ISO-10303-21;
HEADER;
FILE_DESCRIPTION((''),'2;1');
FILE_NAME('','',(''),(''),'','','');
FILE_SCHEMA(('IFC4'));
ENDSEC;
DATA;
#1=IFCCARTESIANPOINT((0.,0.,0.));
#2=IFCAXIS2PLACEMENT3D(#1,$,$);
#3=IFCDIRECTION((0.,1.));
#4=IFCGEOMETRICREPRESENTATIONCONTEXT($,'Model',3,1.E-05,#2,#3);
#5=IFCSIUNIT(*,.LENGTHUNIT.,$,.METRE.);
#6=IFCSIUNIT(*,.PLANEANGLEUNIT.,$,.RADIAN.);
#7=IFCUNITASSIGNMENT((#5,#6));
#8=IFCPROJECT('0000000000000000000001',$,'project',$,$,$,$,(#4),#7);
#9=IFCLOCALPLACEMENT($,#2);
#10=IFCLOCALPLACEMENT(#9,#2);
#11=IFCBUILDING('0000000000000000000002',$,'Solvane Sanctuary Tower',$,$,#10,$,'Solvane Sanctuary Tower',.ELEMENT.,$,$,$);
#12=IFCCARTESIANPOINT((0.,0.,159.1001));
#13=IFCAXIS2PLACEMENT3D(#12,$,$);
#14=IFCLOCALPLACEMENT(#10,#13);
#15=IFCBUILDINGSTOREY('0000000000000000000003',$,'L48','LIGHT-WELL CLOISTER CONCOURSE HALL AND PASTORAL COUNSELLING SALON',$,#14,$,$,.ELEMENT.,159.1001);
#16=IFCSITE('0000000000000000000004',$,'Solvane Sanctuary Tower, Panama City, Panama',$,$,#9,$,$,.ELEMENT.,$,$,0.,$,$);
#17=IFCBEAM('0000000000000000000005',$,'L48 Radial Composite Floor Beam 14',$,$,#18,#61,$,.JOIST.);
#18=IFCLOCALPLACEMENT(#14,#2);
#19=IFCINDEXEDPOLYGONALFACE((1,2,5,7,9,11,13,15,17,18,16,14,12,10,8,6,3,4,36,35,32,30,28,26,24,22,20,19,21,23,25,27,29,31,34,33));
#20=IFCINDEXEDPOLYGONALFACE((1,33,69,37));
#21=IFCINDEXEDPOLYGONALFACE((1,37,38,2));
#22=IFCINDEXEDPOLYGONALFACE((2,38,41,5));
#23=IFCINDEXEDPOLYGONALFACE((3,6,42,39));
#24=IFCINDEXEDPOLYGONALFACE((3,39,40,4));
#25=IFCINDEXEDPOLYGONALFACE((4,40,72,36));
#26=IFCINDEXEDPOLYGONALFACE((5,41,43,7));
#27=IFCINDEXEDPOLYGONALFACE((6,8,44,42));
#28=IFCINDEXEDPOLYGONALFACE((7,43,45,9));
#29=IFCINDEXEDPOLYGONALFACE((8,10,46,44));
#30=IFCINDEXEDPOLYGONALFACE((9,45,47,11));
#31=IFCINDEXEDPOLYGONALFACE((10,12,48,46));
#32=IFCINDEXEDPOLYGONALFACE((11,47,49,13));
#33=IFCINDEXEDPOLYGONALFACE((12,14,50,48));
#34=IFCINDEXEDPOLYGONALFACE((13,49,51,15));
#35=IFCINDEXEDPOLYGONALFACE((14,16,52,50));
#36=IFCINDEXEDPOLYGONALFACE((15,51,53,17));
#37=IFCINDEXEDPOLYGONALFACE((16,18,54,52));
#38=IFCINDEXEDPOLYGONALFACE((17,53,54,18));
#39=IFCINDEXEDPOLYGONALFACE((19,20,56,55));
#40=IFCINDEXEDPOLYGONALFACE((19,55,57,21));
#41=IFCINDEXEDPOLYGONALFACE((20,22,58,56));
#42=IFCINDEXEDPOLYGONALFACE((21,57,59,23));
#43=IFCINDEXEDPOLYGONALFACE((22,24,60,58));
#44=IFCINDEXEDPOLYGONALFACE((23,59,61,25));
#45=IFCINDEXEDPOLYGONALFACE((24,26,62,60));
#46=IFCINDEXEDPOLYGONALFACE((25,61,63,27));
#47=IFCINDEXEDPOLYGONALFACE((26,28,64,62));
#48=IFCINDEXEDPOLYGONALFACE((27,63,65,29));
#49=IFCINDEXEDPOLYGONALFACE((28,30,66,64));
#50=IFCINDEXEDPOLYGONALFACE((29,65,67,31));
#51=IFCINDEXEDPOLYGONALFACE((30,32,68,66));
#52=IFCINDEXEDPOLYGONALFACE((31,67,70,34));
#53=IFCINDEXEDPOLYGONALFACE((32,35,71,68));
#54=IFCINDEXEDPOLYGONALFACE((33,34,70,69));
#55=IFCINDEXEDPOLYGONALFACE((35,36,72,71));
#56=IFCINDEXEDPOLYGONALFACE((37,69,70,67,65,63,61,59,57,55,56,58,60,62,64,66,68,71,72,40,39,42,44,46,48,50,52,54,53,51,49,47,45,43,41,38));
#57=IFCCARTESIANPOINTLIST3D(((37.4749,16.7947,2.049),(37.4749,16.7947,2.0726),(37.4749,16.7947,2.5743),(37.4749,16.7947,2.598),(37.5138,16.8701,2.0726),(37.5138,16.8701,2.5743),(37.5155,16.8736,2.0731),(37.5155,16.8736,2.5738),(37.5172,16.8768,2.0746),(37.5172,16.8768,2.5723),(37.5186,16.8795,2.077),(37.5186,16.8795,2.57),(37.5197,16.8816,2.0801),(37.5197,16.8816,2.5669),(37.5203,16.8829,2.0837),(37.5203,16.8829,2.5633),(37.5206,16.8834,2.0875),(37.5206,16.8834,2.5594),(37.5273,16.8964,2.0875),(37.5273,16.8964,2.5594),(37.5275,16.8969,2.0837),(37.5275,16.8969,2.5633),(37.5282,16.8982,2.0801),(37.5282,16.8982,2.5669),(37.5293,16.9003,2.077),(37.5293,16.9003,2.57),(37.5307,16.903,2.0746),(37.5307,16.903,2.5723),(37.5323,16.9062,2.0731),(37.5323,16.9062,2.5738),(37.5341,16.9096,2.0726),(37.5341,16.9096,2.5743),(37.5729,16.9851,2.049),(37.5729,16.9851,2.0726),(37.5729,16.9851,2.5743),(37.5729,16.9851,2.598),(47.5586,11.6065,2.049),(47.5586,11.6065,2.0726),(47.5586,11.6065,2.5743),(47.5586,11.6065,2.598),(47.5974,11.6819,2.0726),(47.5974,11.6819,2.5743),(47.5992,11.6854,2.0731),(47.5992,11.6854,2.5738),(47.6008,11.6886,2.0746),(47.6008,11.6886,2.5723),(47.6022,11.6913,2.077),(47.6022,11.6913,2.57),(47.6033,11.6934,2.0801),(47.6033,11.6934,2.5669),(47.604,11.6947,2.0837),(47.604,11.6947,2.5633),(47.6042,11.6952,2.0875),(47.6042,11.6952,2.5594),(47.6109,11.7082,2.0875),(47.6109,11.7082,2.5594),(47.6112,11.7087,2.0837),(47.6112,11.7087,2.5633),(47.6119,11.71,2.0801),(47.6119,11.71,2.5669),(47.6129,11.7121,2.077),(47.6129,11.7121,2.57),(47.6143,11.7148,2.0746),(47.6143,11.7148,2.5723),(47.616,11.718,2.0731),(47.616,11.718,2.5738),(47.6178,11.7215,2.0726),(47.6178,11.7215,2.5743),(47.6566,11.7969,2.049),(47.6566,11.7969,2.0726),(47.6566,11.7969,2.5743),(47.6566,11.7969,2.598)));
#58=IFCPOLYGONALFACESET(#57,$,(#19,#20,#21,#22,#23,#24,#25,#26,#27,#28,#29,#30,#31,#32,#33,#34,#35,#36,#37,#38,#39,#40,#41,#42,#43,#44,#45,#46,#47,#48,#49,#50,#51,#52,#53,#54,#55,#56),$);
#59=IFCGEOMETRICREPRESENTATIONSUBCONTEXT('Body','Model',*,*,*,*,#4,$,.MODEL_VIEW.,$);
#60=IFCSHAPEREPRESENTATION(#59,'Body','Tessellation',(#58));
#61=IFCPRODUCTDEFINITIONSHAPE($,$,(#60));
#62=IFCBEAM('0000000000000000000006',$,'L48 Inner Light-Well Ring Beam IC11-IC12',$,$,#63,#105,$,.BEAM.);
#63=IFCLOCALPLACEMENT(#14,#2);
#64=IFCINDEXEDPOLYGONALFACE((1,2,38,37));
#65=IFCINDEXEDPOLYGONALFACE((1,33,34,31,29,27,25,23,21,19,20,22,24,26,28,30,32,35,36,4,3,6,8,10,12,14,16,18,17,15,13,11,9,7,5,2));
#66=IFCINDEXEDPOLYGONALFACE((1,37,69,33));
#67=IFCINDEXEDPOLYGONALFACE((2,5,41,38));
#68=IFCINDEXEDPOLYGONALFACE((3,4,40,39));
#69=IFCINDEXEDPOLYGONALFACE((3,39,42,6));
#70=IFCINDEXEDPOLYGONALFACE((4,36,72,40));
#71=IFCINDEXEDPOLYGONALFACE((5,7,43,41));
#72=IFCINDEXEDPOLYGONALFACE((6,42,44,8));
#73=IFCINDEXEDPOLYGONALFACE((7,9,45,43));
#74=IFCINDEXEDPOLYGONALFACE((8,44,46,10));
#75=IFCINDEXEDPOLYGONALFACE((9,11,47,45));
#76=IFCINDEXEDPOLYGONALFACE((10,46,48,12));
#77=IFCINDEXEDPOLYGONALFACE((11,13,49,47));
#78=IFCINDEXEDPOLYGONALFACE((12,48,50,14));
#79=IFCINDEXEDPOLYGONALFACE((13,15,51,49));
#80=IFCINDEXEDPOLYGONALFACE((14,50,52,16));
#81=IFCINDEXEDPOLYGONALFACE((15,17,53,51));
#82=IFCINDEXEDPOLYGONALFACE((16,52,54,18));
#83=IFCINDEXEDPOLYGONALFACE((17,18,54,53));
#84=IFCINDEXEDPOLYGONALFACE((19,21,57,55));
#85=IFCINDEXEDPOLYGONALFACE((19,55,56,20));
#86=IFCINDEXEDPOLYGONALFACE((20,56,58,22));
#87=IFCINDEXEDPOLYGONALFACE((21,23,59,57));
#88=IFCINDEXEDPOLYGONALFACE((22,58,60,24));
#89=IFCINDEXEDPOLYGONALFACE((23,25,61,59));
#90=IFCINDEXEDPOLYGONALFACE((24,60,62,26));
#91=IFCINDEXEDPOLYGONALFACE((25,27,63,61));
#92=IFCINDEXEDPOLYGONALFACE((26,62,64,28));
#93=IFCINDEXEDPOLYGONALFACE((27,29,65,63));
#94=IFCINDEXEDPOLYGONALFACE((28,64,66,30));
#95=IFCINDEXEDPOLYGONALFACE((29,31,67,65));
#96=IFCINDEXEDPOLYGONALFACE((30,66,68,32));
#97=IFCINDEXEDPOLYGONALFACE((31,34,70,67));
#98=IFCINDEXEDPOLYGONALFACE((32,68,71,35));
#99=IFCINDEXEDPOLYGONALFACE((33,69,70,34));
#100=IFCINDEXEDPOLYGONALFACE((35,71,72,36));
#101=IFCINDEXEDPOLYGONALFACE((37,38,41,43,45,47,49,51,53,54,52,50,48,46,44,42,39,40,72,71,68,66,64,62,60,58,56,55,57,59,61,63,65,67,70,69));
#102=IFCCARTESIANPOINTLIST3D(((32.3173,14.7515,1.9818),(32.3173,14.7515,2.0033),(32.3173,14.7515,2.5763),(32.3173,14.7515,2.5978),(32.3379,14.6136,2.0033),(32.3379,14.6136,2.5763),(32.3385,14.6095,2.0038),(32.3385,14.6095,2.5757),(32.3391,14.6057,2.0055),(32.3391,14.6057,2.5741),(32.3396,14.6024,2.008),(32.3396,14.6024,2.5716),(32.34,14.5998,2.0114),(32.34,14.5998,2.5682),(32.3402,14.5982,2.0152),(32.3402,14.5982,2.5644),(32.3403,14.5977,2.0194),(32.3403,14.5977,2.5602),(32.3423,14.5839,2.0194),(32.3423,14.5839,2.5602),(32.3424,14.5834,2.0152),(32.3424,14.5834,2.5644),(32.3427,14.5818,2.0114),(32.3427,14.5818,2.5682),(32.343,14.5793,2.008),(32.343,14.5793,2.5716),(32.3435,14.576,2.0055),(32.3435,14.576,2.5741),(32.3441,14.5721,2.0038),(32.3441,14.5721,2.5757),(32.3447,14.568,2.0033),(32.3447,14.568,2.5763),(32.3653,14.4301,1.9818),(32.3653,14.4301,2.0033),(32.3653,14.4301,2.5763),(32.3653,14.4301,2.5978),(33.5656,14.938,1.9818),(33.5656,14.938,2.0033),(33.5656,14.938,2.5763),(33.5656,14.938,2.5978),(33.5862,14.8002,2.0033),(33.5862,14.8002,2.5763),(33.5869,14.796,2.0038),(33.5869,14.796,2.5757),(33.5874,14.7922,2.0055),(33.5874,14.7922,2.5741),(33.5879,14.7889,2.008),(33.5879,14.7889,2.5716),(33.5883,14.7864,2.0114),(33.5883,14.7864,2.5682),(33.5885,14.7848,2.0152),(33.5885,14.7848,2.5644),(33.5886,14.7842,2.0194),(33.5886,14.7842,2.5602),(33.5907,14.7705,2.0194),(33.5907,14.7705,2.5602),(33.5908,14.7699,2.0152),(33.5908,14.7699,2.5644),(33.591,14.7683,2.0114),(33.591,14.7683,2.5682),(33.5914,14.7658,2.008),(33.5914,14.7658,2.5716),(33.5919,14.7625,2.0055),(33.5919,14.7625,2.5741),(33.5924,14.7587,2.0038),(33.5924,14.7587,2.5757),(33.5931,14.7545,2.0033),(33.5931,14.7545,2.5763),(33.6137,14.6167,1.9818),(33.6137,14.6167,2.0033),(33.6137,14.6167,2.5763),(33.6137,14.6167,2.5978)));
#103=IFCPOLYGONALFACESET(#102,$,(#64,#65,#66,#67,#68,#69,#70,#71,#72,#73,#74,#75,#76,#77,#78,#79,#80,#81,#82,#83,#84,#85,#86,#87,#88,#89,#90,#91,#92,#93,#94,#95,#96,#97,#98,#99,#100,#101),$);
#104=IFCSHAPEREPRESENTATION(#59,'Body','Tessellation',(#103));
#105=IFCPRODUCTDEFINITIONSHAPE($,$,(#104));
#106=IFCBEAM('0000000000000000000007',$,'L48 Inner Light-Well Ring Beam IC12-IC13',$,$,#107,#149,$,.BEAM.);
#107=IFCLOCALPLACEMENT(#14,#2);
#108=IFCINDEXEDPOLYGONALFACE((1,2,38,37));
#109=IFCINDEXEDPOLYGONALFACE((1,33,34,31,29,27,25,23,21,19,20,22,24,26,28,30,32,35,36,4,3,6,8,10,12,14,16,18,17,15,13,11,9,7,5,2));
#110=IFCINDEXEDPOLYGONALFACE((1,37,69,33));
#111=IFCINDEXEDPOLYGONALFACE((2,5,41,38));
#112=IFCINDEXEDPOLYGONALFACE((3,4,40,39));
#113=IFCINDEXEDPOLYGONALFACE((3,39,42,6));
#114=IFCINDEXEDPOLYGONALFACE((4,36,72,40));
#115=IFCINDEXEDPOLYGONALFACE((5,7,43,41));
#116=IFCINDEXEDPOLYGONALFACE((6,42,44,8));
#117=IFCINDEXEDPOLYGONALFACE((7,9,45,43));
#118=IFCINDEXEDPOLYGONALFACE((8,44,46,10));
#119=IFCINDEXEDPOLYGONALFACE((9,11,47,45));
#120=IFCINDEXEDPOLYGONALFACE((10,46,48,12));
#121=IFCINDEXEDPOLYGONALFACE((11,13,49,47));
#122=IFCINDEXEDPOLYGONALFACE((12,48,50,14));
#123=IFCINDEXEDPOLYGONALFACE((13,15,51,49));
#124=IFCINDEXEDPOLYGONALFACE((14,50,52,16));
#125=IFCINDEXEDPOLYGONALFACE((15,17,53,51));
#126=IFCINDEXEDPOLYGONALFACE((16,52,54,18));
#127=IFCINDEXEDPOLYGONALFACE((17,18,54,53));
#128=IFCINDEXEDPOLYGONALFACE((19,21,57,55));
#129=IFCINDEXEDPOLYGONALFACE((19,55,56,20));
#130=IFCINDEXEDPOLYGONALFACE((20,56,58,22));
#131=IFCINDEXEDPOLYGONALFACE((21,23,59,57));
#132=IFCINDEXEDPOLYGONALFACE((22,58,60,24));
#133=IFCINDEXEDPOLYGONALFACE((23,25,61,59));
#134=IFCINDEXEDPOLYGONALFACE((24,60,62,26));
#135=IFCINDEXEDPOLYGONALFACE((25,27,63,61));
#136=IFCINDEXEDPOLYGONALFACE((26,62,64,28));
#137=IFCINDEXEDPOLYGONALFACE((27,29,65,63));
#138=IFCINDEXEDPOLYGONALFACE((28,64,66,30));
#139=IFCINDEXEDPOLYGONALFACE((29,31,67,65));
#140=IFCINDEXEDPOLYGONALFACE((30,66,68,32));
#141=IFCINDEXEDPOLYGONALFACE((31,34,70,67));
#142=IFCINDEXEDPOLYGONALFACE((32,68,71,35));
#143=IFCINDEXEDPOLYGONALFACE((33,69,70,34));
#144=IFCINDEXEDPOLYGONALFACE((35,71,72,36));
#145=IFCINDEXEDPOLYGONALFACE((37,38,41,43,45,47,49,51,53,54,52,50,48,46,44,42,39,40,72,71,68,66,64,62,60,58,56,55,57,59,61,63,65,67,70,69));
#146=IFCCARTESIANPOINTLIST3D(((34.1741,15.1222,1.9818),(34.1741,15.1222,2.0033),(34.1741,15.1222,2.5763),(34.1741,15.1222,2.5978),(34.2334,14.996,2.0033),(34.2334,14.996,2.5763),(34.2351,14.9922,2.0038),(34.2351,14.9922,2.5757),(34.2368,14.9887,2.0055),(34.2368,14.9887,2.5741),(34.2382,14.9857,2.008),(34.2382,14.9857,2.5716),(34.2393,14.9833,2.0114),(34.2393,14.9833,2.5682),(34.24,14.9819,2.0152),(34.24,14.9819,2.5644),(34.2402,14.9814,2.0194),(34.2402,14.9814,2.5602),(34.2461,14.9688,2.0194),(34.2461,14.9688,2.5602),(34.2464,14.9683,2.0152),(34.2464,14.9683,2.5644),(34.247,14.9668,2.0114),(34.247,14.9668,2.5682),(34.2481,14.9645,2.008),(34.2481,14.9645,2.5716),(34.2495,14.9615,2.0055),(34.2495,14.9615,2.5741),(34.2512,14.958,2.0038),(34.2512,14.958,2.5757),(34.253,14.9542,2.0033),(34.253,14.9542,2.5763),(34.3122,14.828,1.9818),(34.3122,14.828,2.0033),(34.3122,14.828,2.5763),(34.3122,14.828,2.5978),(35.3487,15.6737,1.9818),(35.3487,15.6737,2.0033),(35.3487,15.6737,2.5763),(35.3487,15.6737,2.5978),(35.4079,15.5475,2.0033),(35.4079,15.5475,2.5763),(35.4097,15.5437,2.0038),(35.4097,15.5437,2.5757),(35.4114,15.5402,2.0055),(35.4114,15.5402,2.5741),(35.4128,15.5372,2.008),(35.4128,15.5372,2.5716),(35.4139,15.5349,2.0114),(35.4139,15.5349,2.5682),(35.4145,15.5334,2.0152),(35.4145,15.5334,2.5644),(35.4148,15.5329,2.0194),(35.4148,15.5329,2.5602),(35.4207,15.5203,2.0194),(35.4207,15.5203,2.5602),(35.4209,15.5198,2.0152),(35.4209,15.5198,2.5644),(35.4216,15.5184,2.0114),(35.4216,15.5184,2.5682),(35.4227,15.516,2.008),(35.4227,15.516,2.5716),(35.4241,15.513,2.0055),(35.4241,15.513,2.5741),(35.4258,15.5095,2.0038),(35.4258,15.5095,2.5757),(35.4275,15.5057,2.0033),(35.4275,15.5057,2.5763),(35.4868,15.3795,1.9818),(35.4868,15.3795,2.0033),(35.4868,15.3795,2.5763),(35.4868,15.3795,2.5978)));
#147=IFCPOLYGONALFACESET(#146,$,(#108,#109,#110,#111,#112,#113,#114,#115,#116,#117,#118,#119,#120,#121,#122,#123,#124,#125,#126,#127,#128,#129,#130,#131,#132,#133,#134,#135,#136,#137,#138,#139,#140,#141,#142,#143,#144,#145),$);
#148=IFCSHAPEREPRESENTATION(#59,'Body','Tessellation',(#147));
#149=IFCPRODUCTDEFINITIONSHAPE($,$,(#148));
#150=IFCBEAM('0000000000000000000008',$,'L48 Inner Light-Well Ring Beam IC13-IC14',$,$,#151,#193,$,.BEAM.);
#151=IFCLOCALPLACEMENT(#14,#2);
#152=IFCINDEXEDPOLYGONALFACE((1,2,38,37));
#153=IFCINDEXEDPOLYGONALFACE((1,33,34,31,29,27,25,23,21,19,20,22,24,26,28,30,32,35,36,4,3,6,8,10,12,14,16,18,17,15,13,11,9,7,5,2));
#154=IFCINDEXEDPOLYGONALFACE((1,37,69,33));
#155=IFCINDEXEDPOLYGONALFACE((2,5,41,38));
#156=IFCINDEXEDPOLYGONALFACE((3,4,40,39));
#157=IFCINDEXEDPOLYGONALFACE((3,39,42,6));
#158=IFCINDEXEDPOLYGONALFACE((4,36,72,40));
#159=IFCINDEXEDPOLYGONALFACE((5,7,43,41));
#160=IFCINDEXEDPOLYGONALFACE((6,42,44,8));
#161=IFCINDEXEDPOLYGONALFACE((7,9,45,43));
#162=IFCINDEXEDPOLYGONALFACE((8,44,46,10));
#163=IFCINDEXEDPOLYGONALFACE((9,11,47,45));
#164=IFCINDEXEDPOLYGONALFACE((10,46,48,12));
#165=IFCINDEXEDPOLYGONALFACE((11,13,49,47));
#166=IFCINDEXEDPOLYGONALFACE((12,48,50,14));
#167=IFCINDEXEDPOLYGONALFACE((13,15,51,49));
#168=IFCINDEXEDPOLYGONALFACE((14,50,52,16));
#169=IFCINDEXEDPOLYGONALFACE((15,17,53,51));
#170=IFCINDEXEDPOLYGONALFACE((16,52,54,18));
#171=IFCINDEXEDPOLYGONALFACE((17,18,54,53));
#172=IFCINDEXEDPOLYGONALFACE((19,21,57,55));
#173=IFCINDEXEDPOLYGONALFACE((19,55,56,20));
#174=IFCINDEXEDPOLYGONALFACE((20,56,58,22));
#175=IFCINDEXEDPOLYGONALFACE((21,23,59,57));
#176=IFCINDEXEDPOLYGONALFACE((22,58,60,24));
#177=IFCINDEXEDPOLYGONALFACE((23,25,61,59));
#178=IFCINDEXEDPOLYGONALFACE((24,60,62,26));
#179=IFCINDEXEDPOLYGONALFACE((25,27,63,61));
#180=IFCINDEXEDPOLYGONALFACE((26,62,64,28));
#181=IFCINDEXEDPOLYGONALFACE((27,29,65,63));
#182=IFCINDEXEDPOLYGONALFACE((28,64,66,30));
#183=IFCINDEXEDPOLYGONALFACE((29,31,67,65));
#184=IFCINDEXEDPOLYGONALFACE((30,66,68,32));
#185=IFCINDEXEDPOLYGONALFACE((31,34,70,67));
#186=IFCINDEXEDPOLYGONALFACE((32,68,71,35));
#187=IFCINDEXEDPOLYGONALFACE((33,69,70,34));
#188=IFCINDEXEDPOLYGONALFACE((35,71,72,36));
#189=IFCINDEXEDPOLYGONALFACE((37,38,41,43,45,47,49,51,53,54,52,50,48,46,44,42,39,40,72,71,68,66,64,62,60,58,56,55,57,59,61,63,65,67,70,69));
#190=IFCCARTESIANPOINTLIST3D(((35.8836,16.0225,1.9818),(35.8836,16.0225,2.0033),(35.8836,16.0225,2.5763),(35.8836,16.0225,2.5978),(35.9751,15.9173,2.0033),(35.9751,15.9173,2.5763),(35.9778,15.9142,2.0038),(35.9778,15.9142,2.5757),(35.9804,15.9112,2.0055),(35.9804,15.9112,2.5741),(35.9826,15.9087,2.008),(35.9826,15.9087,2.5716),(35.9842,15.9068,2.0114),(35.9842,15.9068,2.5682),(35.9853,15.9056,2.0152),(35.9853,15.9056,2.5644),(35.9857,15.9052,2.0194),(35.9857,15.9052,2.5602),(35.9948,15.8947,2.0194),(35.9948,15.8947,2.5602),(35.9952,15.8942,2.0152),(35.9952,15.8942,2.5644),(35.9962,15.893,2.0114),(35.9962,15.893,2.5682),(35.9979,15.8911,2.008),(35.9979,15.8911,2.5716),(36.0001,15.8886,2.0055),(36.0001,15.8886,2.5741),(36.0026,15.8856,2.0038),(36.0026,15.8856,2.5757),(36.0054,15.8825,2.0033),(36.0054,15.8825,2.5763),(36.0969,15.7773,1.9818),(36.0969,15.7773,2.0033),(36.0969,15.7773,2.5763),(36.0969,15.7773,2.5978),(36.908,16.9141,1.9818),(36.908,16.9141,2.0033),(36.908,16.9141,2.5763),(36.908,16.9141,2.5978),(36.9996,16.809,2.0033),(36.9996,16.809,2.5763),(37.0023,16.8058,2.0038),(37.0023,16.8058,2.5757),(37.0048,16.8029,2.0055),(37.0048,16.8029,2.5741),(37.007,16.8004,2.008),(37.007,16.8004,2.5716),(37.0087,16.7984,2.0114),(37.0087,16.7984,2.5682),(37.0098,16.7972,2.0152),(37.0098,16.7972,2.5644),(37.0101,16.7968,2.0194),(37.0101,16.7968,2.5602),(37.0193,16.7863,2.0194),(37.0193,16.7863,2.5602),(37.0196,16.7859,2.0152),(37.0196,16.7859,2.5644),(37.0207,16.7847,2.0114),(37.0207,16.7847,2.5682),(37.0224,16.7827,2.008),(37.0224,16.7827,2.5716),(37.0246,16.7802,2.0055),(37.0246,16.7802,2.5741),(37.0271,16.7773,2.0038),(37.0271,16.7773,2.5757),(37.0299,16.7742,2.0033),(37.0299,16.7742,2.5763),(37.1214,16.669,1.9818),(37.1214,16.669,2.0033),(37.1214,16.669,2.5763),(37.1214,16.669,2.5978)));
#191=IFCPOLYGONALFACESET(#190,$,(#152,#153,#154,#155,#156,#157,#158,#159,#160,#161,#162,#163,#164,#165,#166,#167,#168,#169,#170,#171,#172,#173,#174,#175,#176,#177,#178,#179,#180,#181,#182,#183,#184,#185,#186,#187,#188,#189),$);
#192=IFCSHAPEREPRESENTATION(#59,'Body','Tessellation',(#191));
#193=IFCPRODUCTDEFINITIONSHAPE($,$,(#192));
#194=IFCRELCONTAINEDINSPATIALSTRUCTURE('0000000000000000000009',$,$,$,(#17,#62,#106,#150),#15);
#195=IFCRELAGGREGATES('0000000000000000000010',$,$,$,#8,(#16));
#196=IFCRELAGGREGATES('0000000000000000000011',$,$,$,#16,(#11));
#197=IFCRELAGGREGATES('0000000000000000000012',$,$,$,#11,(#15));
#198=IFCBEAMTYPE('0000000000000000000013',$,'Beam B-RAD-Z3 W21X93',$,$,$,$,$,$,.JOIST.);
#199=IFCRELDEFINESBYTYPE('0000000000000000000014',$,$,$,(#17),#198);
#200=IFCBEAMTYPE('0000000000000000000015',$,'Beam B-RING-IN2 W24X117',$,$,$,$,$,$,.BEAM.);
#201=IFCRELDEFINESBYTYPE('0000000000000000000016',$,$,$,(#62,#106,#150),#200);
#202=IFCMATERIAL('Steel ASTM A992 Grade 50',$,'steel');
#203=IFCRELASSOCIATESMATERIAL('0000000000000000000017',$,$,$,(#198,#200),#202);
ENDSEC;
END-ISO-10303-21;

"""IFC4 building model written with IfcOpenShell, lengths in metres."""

from ifc_helpers import new_model, si_unit, direction, frame, origin, origin_2d, place, context, subcontext, project, spatial, i_section, extrude, material, material_profile, profile_set, type_object, element, save


model = new_model("IFC4")

# Units and contexts
model_context = context("Model", 3, precision=1e-05, world=origin(), true_north=direction((0.0, 1.0)))
body_context = subcontext(model_context, "Body", "Model", "MODEL_VIEW")
ifc_project = project(units=[si_unit("LENGTHUNIT", "METRE"), si_unit("PLANEANGLEUNIT", "RADIAN")], contexts=[model_context])

# Site, building, storey
site_placement = place(None, origin())
site = spatial("IfcSite", under=ifc_project, at=site_placement, Name="Solvane Sanctuary Tower, Panama City, Panama", CompositionType="ELEMENT", RefElevation=0.0)
building_placement = place(site_placement, origin())
building = spatial("IfcBuilding", under=site, at=building_placement, Name="Solvane Sanctuary Tower", LongName="Solvane Sanctuary Tower", CompositionType="ELEMENT")
storey_placement = place(building_placement, frame((0.0, 0.0, 159.1001)))
storey = spatial("IfcBuildingStorey", under=building, at=storey_placement, Name="L48", Description="LIGHT-WELL CLOISTER CONCOURSE HALL AND PASTORAL COUNSELLING SALON", CompositionType="ELEMENT", Elevation=159.1001)

# Beams
ifc_material_1 = material(Name="Steel ASTM A992 Grade 50", Category="steel")
ifc_material_profile_1 = material_profile(ifc_material_1, i_section(OverallWidth=0.2141, OverallDepth=0.5491, WebThickness=0.0146, FlangeThickness=0.0237, FilletRadius=0.0149, at=origin_2d()), Name="W21X93")
ifc_profile_set_1 = profile_set([ifc_material_profile_1], Name="Steel ASTM A992 Grade 50")
beam_type_1 = type_object("IfcBeamType", Name="Beam B-RAD-Z3 W21X93", PredefinedType="JOIST", material=ifc_profile_set_1)
beam_1_placement = place(storey_placement, frame((37.5239, 16.8899, 2.3235), z_axis=(0.889205, -0.457509, 0.0), x_axis=(0.457509, 0.889205, 0.0)))
element("IfcBeam", 1, at=beam_1_placement, inside=storey, type_object=beam_type_1, Name="L48 Radial Composite Floor Beam 14", PredefinedType="JOIST", context=body_context, shape_type="SweptSolid", body=[
    extrude(i_section(OverallWidth=0.2141, OverallDepth=0.5491, WebThickness=0.0146, FlangeThickness=0.0237, FilletRadius=0.0149, at=origin_2d()), origin(), (0.0, 0.0, 1.0), 11.3401),
])
ifc_material_profile_2 = material_profile(ifc_material_1, i_section(OverallWidth=0.325, OverallDepth=0.616, WebThickness=0.0139, FlangeThickness=0.0215, FilletRadius=0.0161, at=origin_2d()), Name="W24X117")
ifc_profile_set_2 = profile_set([ifc_material_profile_2], Name="Steel ASTM A992 Grade 50")
beam_type_2 = type_object("IfcBeamType", Name="Beam B-RING-IN2 W24X117", PredefinedType="BEAM", material=ifc_profile_set_2)
beam_2_placement = place(storey_placement, frame((32.3413, 14.5908, 2.2898), z_axis=(0.98902, 0.147782, 0.0), x_axis=(-0.147782, 0.98902, 0.0)))
element("IfcBeam", 2, at=beam_2_placement, inside=storey, type_object=beam_type_2, Name="L48 Inner Light-Well Ring Beam IC11-IC12", PredefinedType="BEAM", context=body_context, shape_type="SweptSolid", body=[
    extrude(i_section(OverallWidth=0.325, OverallDepth=0.616, WebThickness=0.0139, FlangeThickness=0.0215, FilletRadius=0.0161, at=origin_2d()), origin(), (0.0, 0.0, 1.0), 1.2622),
])
beam_3_placement = place(storey_placement, frame((34.2432, 14.9751, 2.2898), z_axis=(0.905181, 0.425027, 0.0), x_axis=(-0.425027, 0.905181, 0.0)))
element("IfcBeam", 3, at=beam_3_placement, inside=storey, type_object=beam_type_2, Name="L48 Inner Light-Well Ring Beam IC12-IC13", PredefinedType="BEAM", context=body_context, shape_type="SweptSolid", body=[
    extrude(i_section(OverallWidth=0.325, OverallDepth=0.616, WebThickness=0.0139, FlangeThickness=0.0215, FilletRadius=0.0161, at=origin_2d()), origin(), (0.0, 0.0, 1.0), 1.2976),
])
beam_4_placement = place(storey_placement, frame((35.9902, 15.8999, 2.2898), z_axis=(0.754311, 0.656517, 0.0), x_axis=(-0.656517, 0.754311, 0.0)))
element("IfcBeam", 4, at=beam_4_placement, inside=storey, type_object=beam_type_2, Name="L48 Inner Light-Well Ring Beam IC13-IC14", PredefinedType="BEAM", context=body_context, shape_type="SweptSolid", body=[
    extrude(i_section(OverallWidth=0.325, OverallDepth=0.616, WebThickness=0.0139, FlangeThickness=0.0215, FilletRadius=0.0161, at=origin_2d()), origin(), (0.0, 0.0, 1.0), 1.3582),
])

save(model, "model.ifc")
